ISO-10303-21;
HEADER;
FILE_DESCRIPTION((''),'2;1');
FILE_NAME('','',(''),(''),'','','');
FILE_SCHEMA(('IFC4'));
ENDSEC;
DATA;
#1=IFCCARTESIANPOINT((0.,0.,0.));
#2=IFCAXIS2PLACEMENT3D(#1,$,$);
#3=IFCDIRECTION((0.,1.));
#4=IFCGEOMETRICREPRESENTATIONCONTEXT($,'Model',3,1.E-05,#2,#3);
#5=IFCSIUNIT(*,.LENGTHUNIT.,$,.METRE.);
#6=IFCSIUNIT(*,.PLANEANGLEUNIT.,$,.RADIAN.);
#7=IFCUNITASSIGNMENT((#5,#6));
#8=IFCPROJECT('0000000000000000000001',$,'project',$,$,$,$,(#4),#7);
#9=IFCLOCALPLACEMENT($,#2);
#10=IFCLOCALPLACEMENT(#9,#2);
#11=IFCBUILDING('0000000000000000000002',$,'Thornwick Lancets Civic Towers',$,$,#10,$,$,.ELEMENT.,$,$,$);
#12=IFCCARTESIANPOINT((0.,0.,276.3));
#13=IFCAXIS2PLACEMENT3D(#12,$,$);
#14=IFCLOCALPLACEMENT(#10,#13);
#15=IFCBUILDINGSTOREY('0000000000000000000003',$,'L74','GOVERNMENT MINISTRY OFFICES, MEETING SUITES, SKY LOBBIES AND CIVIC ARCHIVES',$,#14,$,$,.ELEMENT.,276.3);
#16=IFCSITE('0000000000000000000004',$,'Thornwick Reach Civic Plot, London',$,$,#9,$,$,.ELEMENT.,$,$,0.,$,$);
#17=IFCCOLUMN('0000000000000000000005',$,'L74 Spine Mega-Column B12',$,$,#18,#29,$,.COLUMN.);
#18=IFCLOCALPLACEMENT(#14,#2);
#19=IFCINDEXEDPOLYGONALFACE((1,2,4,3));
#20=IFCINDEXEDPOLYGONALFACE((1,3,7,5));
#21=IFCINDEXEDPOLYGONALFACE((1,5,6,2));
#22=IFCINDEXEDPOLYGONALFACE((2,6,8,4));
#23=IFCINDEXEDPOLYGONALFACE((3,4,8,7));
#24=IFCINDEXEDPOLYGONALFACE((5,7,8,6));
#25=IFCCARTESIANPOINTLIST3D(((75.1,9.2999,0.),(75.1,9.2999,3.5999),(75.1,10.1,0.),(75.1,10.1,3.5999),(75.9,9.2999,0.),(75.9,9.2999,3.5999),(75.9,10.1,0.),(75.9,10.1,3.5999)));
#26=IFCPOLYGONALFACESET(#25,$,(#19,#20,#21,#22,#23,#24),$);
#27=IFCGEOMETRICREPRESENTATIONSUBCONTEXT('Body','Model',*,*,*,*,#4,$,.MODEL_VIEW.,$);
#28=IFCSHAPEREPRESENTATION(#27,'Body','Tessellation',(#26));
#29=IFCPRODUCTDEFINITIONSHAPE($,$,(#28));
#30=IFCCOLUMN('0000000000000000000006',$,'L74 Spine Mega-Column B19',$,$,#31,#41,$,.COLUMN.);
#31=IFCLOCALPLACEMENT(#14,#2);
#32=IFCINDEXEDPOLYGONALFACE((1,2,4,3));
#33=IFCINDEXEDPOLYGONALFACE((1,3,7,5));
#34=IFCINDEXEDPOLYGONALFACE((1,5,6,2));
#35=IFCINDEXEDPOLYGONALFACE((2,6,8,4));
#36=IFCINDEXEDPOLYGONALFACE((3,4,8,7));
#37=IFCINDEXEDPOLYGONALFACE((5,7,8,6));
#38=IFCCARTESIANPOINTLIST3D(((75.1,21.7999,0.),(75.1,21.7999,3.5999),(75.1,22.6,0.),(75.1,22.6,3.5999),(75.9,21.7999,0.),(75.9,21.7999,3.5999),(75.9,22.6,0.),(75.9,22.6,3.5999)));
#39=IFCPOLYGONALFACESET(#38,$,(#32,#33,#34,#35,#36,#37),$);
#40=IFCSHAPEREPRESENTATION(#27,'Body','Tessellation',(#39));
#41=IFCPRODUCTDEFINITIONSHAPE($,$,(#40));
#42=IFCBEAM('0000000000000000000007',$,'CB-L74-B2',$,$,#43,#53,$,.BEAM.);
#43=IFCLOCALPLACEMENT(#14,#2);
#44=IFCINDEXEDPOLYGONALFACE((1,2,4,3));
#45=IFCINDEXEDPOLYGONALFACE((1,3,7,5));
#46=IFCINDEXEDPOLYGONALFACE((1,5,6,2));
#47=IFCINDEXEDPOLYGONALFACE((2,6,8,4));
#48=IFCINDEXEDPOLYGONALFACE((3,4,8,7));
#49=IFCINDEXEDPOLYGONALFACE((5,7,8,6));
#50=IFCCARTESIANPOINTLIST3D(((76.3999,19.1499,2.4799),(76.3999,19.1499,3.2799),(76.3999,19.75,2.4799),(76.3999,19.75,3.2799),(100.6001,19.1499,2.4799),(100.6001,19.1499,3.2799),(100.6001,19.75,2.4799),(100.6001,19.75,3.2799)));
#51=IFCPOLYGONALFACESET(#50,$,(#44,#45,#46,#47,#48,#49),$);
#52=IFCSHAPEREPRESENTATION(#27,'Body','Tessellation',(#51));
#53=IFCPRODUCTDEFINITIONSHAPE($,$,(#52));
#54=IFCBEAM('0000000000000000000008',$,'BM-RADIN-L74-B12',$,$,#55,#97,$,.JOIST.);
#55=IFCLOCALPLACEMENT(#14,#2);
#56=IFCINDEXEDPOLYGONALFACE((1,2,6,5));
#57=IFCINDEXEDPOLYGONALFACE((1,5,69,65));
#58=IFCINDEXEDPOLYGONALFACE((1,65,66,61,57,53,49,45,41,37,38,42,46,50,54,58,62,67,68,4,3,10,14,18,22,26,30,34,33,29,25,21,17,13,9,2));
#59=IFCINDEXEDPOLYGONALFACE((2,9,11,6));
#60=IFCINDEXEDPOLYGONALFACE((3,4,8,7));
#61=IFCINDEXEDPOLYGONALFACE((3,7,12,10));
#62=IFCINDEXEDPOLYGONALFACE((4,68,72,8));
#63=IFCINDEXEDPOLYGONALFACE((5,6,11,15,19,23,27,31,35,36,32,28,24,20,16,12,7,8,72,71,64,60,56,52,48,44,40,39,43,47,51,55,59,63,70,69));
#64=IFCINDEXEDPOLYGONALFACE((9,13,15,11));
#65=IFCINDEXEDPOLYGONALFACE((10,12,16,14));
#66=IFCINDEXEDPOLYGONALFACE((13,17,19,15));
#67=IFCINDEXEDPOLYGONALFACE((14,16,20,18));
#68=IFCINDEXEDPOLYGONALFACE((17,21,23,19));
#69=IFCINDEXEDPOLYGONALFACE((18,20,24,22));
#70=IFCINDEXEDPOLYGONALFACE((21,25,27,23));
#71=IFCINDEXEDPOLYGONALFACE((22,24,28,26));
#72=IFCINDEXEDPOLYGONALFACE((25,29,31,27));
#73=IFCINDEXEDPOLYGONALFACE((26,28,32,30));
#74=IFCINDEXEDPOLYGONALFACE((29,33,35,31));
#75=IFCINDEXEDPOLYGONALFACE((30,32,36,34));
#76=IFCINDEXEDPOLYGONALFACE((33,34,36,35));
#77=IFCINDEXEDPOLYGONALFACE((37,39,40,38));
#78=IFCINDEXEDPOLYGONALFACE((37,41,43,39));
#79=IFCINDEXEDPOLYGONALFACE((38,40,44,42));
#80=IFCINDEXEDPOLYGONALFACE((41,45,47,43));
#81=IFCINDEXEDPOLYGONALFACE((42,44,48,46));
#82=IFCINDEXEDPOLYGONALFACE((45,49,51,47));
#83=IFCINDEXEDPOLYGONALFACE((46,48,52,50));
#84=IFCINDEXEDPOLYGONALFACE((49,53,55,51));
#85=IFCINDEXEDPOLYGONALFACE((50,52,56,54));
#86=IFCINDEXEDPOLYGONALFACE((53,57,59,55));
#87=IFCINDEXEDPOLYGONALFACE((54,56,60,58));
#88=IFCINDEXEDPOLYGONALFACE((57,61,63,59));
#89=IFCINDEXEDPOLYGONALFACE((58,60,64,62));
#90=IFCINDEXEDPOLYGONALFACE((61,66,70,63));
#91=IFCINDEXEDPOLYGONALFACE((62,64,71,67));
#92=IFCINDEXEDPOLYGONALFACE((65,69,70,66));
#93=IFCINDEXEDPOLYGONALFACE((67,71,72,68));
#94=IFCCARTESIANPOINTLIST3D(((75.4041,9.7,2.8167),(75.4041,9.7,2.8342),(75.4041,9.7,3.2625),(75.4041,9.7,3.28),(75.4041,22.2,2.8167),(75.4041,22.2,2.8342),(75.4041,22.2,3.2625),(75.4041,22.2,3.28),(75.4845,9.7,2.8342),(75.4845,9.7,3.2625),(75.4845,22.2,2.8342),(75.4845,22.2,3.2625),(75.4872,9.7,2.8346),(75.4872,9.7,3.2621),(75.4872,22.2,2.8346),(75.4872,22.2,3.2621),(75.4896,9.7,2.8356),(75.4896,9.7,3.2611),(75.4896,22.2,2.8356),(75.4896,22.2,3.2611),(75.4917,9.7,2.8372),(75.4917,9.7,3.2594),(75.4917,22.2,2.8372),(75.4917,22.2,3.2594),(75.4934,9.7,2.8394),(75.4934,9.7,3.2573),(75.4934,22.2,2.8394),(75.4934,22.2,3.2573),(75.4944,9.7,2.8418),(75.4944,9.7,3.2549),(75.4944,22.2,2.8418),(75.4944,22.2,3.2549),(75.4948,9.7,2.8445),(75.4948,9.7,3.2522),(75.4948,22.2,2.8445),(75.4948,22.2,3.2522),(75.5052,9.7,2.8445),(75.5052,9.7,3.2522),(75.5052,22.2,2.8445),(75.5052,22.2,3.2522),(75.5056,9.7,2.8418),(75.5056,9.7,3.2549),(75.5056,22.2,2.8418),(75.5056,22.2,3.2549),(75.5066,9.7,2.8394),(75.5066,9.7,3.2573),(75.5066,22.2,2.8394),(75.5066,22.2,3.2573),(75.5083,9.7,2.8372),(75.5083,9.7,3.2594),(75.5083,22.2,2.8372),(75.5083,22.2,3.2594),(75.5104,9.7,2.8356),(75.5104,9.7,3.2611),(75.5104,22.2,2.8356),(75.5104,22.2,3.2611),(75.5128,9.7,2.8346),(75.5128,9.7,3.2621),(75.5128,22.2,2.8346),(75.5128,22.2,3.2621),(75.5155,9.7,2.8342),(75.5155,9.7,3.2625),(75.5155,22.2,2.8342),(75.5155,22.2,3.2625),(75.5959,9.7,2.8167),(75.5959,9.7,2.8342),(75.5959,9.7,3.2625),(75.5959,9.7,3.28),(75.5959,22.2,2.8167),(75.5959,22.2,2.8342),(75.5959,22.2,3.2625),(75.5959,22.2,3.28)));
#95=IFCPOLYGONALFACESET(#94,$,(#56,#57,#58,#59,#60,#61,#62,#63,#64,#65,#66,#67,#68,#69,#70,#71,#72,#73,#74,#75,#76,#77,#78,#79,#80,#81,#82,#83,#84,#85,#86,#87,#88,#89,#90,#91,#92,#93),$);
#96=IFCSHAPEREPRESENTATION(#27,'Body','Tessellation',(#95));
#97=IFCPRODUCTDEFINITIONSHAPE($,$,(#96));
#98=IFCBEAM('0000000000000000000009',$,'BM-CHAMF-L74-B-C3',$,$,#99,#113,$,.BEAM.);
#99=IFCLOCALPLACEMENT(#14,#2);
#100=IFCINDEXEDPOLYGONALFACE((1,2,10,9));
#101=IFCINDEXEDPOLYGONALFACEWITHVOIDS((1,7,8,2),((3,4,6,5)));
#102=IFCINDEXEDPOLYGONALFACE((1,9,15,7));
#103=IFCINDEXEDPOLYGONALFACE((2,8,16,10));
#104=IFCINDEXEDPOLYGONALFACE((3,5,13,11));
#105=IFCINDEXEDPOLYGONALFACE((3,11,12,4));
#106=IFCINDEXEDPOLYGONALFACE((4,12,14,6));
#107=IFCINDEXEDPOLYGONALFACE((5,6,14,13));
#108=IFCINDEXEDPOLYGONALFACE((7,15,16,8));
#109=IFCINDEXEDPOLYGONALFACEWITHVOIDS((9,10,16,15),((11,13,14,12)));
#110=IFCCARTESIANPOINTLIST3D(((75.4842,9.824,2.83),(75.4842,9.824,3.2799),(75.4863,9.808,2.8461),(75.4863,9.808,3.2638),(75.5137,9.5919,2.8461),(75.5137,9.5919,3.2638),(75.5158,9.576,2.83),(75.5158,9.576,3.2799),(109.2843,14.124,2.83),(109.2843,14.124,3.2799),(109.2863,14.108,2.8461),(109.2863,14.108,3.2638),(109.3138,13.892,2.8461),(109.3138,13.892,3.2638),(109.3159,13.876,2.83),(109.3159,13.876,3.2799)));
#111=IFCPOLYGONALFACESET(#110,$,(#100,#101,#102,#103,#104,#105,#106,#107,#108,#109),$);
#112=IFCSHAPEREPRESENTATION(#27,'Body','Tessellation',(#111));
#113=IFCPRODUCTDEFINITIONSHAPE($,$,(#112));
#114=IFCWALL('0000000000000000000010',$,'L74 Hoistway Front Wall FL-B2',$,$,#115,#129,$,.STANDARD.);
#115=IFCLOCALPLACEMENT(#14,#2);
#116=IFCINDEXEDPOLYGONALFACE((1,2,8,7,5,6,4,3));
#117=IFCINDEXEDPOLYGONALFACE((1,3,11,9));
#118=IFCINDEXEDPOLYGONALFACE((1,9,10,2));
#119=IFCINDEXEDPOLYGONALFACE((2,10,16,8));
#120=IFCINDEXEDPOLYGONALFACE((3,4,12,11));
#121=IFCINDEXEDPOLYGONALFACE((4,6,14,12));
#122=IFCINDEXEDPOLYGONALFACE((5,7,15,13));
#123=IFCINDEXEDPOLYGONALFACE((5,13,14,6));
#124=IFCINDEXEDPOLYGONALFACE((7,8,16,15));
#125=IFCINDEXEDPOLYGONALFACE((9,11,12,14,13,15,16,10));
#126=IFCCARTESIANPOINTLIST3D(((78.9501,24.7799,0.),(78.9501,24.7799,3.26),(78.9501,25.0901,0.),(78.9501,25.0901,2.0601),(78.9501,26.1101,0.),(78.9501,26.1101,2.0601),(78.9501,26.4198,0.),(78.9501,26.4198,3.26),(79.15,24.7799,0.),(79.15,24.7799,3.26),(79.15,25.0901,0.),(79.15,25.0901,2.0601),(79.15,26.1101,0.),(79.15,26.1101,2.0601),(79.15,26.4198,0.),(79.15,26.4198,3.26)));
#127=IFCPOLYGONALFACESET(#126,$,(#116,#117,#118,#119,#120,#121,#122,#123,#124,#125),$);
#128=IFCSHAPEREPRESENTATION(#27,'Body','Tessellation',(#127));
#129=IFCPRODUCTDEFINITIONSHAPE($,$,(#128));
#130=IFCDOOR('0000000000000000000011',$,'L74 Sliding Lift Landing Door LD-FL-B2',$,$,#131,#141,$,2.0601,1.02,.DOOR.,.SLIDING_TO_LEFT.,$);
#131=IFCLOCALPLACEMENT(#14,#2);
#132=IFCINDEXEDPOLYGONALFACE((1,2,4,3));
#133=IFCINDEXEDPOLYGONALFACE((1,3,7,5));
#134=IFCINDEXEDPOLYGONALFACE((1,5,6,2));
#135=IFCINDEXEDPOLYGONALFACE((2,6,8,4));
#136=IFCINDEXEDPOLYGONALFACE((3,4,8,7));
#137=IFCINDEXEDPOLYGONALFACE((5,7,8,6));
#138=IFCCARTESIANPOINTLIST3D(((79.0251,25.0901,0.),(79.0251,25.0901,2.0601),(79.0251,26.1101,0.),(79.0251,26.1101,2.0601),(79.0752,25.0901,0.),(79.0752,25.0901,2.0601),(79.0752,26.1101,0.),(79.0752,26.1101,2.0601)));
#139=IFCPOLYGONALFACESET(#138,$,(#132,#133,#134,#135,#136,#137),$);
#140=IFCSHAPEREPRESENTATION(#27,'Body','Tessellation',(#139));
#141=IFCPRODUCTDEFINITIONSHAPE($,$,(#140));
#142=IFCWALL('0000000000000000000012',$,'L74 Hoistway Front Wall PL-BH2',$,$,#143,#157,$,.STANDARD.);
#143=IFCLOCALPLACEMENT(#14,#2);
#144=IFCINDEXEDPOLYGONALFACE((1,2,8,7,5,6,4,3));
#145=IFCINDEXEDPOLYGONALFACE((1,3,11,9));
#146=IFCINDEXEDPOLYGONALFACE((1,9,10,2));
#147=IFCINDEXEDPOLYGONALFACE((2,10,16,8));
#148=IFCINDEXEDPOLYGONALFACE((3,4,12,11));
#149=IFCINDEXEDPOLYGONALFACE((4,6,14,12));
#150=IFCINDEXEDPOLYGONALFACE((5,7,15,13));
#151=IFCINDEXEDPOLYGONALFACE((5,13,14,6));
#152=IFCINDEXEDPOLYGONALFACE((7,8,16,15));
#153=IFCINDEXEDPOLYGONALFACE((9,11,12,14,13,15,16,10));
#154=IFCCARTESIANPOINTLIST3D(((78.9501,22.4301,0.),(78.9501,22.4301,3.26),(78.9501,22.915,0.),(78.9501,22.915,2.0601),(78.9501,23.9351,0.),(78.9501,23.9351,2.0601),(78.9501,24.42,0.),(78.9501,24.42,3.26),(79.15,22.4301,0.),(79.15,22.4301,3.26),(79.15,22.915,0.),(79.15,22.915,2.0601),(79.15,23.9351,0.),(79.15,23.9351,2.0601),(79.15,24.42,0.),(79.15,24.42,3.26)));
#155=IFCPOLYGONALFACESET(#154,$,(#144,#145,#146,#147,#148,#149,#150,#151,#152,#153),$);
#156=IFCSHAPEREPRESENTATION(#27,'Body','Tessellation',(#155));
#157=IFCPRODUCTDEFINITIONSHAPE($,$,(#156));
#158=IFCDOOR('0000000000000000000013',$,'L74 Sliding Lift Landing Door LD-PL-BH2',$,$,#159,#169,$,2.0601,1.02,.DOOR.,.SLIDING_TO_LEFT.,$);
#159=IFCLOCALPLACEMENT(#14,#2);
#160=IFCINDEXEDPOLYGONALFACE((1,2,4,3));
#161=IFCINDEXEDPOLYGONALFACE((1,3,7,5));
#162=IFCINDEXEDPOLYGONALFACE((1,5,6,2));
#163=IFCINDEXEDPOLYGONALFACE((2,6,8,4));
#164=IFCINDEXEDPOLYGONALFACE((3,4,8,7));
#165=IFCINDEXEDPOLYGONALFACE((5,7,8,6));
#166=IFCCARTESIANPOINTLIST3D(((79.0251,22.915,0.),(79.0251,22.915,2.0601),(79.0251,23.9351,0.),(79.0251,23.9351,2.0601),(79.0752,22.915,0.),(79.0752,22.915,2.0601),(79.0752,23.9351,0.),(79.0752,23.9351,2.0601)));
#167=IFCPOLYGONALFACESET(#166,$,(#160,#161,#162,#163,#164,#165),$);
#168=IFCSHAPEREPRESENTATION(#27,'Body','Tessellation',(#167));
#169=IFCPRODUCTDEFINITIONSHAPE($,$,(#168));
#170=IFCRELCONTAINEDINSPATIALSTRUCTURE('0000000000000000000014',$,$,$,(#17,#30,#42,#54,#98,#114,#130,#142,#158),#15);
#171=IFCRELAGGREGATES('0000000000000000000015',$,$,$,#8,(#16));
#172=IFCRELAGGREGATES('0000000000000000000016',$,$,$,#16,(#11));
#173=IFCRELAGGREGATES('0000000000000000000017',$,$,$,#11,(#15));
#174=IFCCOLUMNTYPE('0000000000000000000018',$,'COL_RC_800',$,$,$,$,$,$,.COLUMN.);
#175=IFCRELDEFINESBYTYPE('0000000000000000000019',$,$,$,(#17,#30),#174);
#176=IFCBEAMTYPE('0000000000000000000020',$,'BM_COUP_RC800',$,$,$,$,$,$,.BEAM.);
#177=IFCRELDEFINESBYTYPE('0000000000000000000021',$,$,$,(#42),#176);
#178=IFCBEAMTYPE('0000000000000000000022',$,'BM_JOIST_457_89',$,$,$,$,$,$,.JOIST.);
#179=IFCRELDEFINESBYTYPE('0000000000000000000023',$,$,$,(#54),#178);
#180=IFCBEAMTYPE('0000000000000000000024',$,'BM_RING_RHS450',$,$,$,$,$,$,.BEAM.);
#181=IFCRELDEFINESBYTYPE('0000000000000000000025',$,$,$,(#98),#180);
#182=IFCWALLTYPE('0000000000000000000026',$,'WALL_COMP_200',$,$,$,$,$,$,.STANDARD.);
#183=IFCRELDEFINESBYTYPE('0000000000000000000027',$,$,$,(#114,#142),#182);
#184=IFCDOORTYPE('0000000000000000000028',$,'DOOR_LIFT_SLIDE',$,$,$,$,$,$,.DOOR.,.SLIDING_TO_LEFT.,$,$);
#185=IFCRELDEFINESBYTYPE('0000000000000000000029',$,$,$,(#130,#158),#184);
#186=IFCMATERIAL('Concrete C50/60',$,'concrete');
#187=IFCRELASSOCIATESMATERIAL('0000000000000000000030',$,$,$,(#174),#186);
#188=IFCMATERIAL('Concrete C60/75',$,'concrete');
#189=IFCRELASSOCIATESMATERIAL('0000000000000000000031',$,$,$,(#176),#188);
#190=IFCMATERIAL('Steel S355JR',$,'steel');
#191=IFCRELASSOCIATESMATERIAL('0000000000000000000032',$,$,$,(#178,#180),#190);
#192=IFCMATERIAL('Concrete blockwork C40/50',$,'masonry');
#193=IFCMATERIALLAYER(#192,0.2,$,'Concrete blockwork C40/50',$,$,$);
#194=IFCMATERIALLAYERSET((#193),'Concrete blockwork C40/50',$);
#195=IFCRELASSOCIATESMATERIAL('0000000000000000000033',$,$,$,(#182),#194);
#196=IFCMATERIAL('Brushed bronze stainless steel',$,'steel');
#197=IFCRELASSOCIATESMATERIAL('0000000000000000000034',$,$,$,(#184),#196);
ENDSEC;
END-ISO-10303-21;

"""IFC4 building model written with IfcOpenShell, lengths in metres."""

from ifc_helpers import new_model, si_unit, direction, frame, frame_2d, origin, origin_2d, place, context, subcontext, project, spatial, rectangle, hollow_rectangle, i_section, extrude, material, layer, layer_set, material_profile, profile_set, type_object, element, fill, save


model = new_model("IFC4")

# Units and contexts
model_context = context("Model", 3, precision=1e-05, world=origin(), true_north=direction((0.0, 1.0)))
body_context = subcontext(model_context, "Body", "Model", "MODEL_VIEW")
ifc_project = project(units=[si_unit("LENGTHUNIT", "METRE"), si_unit("PLANEANGLEUNIT", "RADIAN")], contexts=[model_context])

# Site, building, storey
site_placement = place(None, origin())
site = spatial("IfcSite", under=ifc_project, at=site_placement, Name="Thornwick Reach Civic Plot, London", CompositionType="ELEMENT", RefElevation=0.0)
building_placement = place(site_placement, origin())
building = spatial("IfcBuilding", under=site, at=building_placement, Name="Thornwick Lancets Civic Towers", CompositionType="ELEMENT")
storey_placement = place(building_placement, frame((0.0, 0.0, 276.3)))
storey = spatial("IfcBuildingStorey", under=building, at=storey_placement, Name="L74", Description="GOVERNMENT MINISTRY OFFICES, MEETING SUITES, SKY LOBBIES AND CIVIC ARCHIVES", CompositionType="ELEMENT", Elevation=276.3)

# Columns
ifc_material_1 = material(Name="Concrete C50/60", Category="concrete")
ifc_material_profile_1 = material_profile(ifc_material_1, rectangle(XDim=0.8, YDim=0.8, at=origin_2d()), Name="RC 800x800")
ifc_profile_set_1 = profile_set([ifc_material_profile_1], Name="Concrete C50/60")
column_type = type_object("IfcColumnType", Name="COL_RC_800", PredefinedType="COLUMN", material=ifc_profile_set_1)
for number, where, z_axis, x_axis, name in (
    (1, (75.5, 9.7, 0.0), (0.0, 0.0, 1.0), (1.0, 0.0, 0.0), "L74 Spine Mega-Column B12"),
    (2, (75.5, 22.2, 0.0), (0.0, 0.0, 1.0), (1.0, 0.0, 0.0), "L74 Spine Mega-Column B19"),
):
    element("IfcColumn", number, at=place(storey_placement, frame(where, z_axis=z_axis, x_axis=x_axis)), inside=storey, type_object=column_type, Name=name, PredefinedType="COLUMN", context=body_context, shape_type="SweptSolid", body=[
        extrude(rectangle(XDim=0.8, YDim=0.8, at=origin_2d()), origin(), (0.0, 0.0, 1.0), 3.5999),
    ])

# Beams
ifc_material_2 = material(Name="Concrete C60/75", Category="concrete")
ifc_material_profile_2 = material_profile(ifc_material_2, rectangle(XDim=0.6001, YDim=0.8, at=origin_2d()), Name="RC 600x800")
ifc_profile_set_2 = profile_set([ifc_material_profile_2], Name="Concrete C60/75")
beam_type_1 = type_object("IfcBeamType", Name="BM_COUP_RC800", PredefinedType="BEAM", material=ifc_profile_set_2)
beam_1_placement = place(storey_placement, frame((76.3999, 19.45, 2.8799), z_axis=(1.0, 0.0, 0.0), x_axis=(0.0, 1.0, 0.0)))
element("IfcBeam", 3, at=beam_1_placement, inside=storey, type_object=beam_type_1, Name="CB-L74-B2", PredefinedType="BEAM", context=body_context, shape_type="SweptSolid", body=[
    extrude(rectangle(XDim=0.6001, YDim=0.8, at=origin_2d()), origin(), (0.0, 0.0, 1.0), 24.2002),
])
ifc_material_3 = material(Name="Steel S355JR", Category="steel")
ifc_material_profile_3 = material_profile(ifc_material_3, i_section(OverallWidth=0.1919, OverallDepth=0.4634, WebThickness=0.0105, FlangeThickness=0.0176, FilletRadius=0.0103, at=origin_2d()), Name="UKB 457x191x89")
ifc_profile_set_3 = profile_set([ifc_material_profile_3], Name="Steel S355JR")
beam_type_2 = type_object("IfcBeamType", Name="BM_JOIST_457_89", PredefinedType="JOIST", material=ifc_profile_set_3)
beam_2_placement = place(storey_placement, frame((75.5, 22.2, 3.0483), z_axis=(0.0, -1.0, 0.0), x_axis=(1.0, 0.0, 0.0)))
element("IfcBeam", 4, at=beam_2_placement, inside=storey, type_object=beam_type_2, Name="BM-RADIN-L74-B12", PredefinedType="JOIST", context=body_context, shape_type="SweptSolid", body=[
    extrude(i_section(OverallWidth=0.1919, OverallDepth=0.4634, WebThickness=0.0105, FlangeThickness=0.0176, FilletRadius=0.0103, at=origin_2d()), origin(), (0.0, 0.0, 1.0), 12.5),
])
ifc_material_profile_4 = material_profile(ifc_material_3, hollow_rectangle(XDim=0.25, YDim=0.45, WallThickness=0.0161, at=origin_2d()), Name="RHS 450x250x16")
ifc_profile_set_4 = profile_set([ifc_material_profile_4], Name="Steel S355JR")
beam_type_3 = type_object("IfcBeamType", Name="BM_RING_RHS450", PredefinedType="BEAM", material=ifc_profile_set_4)
beam_3_placement = place(storey_placement, frame((75.5, 9.7, 3.0549), z_axis=(0.992004, 0.126203, 0.0), x_axis=(-0.126203, 0.992004, 0.0)))
element("IfcBeam", 5, at=beam_3_placement, inside=storey, type_object=beam_type_3, Name="BM-CHAMF-L74-B-C3", PredefinedType="BEAM", context=body_context, shape_type="SweptSolid", body=[
    extrude(hollow_rectangle(XDim=0.25, YDim=0.45, WallThickness=0.0161, at=origin_2d()), origin(), (0.0, 0.0, 1.0), 34.0725),
])

# Walls, openings, doors
ifc_material_4 = material(Name="Concrete blockwork C40/50", Category="masonry")
ifc_layer_1 = layer(ifc_material_4, 0.2, Name="Concrete blockwork C40/50")
ifc_layer_set_1 = layer_set([ifc_layer_1], Name="Concrete blockwork C40/50")
wall_type_1 = type_object("IfcWallType", Name="WALL_COMP_200", PredefinedType="STANDARD", material=ifc_layer_set_1)
wall_1_placement = place(storey_placement, frame((79.05, 24.78, 0.0), z_axis=(0.0, 0.0, 1.0), x_axis=(0.0, 1.0, 0.0)))
wall_1 = element("IfcWall", 6, at=wall_1_placement, inside=storey, type_object=wall_type_1, Name="L74 Hoistway Front Wall FL-B2", PredefinedType="STANDARD", context=body_context, shape_type="SweptSolid", body=[
    extrude(rectangle(XDim=1.6399, YDim=0.2, at=frame_2d((0.8198, 0.0))), origin(), (0.0, 0.0, 1.0), 3.26),
])
opening_1_placement = place(wall_1_placement, frame((0.3101, 0.0, 0.0)))
opening_1 = element("IfcOpeningElement", 7, at=opening_1_placement, cuts=wall_1, PredefinedType="OPENING", context=body_context, shape_type="SweptSolid", body=[
    extrude(rectangle(XDim=1.02, YDim=2.0601, at=frame_2d((0.51, 1.03))), frame((0.0, 0.1099, 0.0), z_axis=(0.0, -1.0, 0.0), x_axis=(1.0, 0.0, 0.0)), (0.0, 0.0, 1.0), 0.22),
])
ifc_material_5 = material(Name="Brushed bronze stainless steel", Category="steel")
door_type = type_object("IfcDoorType", Name="DOOR_LIFT_SLIDE", OperationType="SLIDING_TO_LEFT", PredefinedType="DOOR", material=ifc_material_5)
door_1_placement = place(opening_1_placement, origin())
door_1 = element("IfcDoor", 8, at=door_1_placement, inside=storey, type_object=door_type, Name="L74 Sliding Lift Landing Door LD-FL-B2", OperationType="SLIDING_TO_LEFT", OverallHeight=2.0601, OverallWidth=1.02, PredefinedType="DOOR", context=body_context, shape_type="SweptSolid", body=[
    extrude(rectangle(XDim=1.02, YDim=2.0601, at=frame_2d((0.51, 1.03))), frame((0.0, 0.0249, 0.0), z_axis=(0.0, -1.0, 0.0), x_axis=(1.0, 0.0, 0.0)), (0.0, 0.0, 1.0), 0.05),
])
fill(opening_1, door_1)
wall_2_placement = place(storey_placement, frame((79.05, 22.4299, 0.0), z_axis=(0.0, 0.0, 1.0), x_axis=(0.0, 1.0, 0.0)))
wall_2 = element("IfcWall", 9, at=wall_2_placement, inside=storey, type_object=wall_type_1, Name="L74 Hoistway Front Wall PL-BH2", PredefinedType="STANDARD", context=body_context, shape_type="SweptSolid", body=[
    extrude(rectangle(XDim=1.99, YDim=0.2, at=frame_2d((0.9951, 0.0))), origin(), (0.0, 0.0, 1.0), 3.26),
])
opening_2_placement = place(wall_2_placement, frame((0.4851, 0.0, 0.0)))
opening_2 = element("IfcOpeningElement", 10, at=opening_2_placement, cuts=wall_2, PredefinedType="OPENING", context=body_context, shape_type="SweptSolid", body=[
    extrude(rectangle(XDim=1.02, YDim=2.0601, at=frame_2d((0.51, 1.03))), frame((0.0, 0.1099, 0.0), z_axis=(0.0, -1.0, 0.0), x_axis=(1.0, 0.0, 0.0)), (0.0, 0.0, 1.0), 0.22),
])
door_2_placement = place(opening_2_placement, origin())
door_2 = element("IfcDoor", 11, at=door_2_placement, inside=storey, type_object=door_type, Name="L74 Sliding Lift Landing Door LD-PL-BH2", OperationType="SLIDING_TO_LEFT", OverallHeight=2.0601, OverallWidth=1.02, PredefinedType="DOOR", context=body_context, shape_type="SweptSolid", body=[
    extrude(rectangle(XDim=1.02, YDim=2.0601, at=frame_2d((0.51, 1.03))), frame((0.0, 0.0249, 0.0), z_axis=(0.0, -1.0, 0.0), x_axis=(1.0, 0.0, 0.0)), (0.0, 0.0, 1.0), 0.05),
])
fill(opening_2, door_2)

save(model, "model.ifc")
